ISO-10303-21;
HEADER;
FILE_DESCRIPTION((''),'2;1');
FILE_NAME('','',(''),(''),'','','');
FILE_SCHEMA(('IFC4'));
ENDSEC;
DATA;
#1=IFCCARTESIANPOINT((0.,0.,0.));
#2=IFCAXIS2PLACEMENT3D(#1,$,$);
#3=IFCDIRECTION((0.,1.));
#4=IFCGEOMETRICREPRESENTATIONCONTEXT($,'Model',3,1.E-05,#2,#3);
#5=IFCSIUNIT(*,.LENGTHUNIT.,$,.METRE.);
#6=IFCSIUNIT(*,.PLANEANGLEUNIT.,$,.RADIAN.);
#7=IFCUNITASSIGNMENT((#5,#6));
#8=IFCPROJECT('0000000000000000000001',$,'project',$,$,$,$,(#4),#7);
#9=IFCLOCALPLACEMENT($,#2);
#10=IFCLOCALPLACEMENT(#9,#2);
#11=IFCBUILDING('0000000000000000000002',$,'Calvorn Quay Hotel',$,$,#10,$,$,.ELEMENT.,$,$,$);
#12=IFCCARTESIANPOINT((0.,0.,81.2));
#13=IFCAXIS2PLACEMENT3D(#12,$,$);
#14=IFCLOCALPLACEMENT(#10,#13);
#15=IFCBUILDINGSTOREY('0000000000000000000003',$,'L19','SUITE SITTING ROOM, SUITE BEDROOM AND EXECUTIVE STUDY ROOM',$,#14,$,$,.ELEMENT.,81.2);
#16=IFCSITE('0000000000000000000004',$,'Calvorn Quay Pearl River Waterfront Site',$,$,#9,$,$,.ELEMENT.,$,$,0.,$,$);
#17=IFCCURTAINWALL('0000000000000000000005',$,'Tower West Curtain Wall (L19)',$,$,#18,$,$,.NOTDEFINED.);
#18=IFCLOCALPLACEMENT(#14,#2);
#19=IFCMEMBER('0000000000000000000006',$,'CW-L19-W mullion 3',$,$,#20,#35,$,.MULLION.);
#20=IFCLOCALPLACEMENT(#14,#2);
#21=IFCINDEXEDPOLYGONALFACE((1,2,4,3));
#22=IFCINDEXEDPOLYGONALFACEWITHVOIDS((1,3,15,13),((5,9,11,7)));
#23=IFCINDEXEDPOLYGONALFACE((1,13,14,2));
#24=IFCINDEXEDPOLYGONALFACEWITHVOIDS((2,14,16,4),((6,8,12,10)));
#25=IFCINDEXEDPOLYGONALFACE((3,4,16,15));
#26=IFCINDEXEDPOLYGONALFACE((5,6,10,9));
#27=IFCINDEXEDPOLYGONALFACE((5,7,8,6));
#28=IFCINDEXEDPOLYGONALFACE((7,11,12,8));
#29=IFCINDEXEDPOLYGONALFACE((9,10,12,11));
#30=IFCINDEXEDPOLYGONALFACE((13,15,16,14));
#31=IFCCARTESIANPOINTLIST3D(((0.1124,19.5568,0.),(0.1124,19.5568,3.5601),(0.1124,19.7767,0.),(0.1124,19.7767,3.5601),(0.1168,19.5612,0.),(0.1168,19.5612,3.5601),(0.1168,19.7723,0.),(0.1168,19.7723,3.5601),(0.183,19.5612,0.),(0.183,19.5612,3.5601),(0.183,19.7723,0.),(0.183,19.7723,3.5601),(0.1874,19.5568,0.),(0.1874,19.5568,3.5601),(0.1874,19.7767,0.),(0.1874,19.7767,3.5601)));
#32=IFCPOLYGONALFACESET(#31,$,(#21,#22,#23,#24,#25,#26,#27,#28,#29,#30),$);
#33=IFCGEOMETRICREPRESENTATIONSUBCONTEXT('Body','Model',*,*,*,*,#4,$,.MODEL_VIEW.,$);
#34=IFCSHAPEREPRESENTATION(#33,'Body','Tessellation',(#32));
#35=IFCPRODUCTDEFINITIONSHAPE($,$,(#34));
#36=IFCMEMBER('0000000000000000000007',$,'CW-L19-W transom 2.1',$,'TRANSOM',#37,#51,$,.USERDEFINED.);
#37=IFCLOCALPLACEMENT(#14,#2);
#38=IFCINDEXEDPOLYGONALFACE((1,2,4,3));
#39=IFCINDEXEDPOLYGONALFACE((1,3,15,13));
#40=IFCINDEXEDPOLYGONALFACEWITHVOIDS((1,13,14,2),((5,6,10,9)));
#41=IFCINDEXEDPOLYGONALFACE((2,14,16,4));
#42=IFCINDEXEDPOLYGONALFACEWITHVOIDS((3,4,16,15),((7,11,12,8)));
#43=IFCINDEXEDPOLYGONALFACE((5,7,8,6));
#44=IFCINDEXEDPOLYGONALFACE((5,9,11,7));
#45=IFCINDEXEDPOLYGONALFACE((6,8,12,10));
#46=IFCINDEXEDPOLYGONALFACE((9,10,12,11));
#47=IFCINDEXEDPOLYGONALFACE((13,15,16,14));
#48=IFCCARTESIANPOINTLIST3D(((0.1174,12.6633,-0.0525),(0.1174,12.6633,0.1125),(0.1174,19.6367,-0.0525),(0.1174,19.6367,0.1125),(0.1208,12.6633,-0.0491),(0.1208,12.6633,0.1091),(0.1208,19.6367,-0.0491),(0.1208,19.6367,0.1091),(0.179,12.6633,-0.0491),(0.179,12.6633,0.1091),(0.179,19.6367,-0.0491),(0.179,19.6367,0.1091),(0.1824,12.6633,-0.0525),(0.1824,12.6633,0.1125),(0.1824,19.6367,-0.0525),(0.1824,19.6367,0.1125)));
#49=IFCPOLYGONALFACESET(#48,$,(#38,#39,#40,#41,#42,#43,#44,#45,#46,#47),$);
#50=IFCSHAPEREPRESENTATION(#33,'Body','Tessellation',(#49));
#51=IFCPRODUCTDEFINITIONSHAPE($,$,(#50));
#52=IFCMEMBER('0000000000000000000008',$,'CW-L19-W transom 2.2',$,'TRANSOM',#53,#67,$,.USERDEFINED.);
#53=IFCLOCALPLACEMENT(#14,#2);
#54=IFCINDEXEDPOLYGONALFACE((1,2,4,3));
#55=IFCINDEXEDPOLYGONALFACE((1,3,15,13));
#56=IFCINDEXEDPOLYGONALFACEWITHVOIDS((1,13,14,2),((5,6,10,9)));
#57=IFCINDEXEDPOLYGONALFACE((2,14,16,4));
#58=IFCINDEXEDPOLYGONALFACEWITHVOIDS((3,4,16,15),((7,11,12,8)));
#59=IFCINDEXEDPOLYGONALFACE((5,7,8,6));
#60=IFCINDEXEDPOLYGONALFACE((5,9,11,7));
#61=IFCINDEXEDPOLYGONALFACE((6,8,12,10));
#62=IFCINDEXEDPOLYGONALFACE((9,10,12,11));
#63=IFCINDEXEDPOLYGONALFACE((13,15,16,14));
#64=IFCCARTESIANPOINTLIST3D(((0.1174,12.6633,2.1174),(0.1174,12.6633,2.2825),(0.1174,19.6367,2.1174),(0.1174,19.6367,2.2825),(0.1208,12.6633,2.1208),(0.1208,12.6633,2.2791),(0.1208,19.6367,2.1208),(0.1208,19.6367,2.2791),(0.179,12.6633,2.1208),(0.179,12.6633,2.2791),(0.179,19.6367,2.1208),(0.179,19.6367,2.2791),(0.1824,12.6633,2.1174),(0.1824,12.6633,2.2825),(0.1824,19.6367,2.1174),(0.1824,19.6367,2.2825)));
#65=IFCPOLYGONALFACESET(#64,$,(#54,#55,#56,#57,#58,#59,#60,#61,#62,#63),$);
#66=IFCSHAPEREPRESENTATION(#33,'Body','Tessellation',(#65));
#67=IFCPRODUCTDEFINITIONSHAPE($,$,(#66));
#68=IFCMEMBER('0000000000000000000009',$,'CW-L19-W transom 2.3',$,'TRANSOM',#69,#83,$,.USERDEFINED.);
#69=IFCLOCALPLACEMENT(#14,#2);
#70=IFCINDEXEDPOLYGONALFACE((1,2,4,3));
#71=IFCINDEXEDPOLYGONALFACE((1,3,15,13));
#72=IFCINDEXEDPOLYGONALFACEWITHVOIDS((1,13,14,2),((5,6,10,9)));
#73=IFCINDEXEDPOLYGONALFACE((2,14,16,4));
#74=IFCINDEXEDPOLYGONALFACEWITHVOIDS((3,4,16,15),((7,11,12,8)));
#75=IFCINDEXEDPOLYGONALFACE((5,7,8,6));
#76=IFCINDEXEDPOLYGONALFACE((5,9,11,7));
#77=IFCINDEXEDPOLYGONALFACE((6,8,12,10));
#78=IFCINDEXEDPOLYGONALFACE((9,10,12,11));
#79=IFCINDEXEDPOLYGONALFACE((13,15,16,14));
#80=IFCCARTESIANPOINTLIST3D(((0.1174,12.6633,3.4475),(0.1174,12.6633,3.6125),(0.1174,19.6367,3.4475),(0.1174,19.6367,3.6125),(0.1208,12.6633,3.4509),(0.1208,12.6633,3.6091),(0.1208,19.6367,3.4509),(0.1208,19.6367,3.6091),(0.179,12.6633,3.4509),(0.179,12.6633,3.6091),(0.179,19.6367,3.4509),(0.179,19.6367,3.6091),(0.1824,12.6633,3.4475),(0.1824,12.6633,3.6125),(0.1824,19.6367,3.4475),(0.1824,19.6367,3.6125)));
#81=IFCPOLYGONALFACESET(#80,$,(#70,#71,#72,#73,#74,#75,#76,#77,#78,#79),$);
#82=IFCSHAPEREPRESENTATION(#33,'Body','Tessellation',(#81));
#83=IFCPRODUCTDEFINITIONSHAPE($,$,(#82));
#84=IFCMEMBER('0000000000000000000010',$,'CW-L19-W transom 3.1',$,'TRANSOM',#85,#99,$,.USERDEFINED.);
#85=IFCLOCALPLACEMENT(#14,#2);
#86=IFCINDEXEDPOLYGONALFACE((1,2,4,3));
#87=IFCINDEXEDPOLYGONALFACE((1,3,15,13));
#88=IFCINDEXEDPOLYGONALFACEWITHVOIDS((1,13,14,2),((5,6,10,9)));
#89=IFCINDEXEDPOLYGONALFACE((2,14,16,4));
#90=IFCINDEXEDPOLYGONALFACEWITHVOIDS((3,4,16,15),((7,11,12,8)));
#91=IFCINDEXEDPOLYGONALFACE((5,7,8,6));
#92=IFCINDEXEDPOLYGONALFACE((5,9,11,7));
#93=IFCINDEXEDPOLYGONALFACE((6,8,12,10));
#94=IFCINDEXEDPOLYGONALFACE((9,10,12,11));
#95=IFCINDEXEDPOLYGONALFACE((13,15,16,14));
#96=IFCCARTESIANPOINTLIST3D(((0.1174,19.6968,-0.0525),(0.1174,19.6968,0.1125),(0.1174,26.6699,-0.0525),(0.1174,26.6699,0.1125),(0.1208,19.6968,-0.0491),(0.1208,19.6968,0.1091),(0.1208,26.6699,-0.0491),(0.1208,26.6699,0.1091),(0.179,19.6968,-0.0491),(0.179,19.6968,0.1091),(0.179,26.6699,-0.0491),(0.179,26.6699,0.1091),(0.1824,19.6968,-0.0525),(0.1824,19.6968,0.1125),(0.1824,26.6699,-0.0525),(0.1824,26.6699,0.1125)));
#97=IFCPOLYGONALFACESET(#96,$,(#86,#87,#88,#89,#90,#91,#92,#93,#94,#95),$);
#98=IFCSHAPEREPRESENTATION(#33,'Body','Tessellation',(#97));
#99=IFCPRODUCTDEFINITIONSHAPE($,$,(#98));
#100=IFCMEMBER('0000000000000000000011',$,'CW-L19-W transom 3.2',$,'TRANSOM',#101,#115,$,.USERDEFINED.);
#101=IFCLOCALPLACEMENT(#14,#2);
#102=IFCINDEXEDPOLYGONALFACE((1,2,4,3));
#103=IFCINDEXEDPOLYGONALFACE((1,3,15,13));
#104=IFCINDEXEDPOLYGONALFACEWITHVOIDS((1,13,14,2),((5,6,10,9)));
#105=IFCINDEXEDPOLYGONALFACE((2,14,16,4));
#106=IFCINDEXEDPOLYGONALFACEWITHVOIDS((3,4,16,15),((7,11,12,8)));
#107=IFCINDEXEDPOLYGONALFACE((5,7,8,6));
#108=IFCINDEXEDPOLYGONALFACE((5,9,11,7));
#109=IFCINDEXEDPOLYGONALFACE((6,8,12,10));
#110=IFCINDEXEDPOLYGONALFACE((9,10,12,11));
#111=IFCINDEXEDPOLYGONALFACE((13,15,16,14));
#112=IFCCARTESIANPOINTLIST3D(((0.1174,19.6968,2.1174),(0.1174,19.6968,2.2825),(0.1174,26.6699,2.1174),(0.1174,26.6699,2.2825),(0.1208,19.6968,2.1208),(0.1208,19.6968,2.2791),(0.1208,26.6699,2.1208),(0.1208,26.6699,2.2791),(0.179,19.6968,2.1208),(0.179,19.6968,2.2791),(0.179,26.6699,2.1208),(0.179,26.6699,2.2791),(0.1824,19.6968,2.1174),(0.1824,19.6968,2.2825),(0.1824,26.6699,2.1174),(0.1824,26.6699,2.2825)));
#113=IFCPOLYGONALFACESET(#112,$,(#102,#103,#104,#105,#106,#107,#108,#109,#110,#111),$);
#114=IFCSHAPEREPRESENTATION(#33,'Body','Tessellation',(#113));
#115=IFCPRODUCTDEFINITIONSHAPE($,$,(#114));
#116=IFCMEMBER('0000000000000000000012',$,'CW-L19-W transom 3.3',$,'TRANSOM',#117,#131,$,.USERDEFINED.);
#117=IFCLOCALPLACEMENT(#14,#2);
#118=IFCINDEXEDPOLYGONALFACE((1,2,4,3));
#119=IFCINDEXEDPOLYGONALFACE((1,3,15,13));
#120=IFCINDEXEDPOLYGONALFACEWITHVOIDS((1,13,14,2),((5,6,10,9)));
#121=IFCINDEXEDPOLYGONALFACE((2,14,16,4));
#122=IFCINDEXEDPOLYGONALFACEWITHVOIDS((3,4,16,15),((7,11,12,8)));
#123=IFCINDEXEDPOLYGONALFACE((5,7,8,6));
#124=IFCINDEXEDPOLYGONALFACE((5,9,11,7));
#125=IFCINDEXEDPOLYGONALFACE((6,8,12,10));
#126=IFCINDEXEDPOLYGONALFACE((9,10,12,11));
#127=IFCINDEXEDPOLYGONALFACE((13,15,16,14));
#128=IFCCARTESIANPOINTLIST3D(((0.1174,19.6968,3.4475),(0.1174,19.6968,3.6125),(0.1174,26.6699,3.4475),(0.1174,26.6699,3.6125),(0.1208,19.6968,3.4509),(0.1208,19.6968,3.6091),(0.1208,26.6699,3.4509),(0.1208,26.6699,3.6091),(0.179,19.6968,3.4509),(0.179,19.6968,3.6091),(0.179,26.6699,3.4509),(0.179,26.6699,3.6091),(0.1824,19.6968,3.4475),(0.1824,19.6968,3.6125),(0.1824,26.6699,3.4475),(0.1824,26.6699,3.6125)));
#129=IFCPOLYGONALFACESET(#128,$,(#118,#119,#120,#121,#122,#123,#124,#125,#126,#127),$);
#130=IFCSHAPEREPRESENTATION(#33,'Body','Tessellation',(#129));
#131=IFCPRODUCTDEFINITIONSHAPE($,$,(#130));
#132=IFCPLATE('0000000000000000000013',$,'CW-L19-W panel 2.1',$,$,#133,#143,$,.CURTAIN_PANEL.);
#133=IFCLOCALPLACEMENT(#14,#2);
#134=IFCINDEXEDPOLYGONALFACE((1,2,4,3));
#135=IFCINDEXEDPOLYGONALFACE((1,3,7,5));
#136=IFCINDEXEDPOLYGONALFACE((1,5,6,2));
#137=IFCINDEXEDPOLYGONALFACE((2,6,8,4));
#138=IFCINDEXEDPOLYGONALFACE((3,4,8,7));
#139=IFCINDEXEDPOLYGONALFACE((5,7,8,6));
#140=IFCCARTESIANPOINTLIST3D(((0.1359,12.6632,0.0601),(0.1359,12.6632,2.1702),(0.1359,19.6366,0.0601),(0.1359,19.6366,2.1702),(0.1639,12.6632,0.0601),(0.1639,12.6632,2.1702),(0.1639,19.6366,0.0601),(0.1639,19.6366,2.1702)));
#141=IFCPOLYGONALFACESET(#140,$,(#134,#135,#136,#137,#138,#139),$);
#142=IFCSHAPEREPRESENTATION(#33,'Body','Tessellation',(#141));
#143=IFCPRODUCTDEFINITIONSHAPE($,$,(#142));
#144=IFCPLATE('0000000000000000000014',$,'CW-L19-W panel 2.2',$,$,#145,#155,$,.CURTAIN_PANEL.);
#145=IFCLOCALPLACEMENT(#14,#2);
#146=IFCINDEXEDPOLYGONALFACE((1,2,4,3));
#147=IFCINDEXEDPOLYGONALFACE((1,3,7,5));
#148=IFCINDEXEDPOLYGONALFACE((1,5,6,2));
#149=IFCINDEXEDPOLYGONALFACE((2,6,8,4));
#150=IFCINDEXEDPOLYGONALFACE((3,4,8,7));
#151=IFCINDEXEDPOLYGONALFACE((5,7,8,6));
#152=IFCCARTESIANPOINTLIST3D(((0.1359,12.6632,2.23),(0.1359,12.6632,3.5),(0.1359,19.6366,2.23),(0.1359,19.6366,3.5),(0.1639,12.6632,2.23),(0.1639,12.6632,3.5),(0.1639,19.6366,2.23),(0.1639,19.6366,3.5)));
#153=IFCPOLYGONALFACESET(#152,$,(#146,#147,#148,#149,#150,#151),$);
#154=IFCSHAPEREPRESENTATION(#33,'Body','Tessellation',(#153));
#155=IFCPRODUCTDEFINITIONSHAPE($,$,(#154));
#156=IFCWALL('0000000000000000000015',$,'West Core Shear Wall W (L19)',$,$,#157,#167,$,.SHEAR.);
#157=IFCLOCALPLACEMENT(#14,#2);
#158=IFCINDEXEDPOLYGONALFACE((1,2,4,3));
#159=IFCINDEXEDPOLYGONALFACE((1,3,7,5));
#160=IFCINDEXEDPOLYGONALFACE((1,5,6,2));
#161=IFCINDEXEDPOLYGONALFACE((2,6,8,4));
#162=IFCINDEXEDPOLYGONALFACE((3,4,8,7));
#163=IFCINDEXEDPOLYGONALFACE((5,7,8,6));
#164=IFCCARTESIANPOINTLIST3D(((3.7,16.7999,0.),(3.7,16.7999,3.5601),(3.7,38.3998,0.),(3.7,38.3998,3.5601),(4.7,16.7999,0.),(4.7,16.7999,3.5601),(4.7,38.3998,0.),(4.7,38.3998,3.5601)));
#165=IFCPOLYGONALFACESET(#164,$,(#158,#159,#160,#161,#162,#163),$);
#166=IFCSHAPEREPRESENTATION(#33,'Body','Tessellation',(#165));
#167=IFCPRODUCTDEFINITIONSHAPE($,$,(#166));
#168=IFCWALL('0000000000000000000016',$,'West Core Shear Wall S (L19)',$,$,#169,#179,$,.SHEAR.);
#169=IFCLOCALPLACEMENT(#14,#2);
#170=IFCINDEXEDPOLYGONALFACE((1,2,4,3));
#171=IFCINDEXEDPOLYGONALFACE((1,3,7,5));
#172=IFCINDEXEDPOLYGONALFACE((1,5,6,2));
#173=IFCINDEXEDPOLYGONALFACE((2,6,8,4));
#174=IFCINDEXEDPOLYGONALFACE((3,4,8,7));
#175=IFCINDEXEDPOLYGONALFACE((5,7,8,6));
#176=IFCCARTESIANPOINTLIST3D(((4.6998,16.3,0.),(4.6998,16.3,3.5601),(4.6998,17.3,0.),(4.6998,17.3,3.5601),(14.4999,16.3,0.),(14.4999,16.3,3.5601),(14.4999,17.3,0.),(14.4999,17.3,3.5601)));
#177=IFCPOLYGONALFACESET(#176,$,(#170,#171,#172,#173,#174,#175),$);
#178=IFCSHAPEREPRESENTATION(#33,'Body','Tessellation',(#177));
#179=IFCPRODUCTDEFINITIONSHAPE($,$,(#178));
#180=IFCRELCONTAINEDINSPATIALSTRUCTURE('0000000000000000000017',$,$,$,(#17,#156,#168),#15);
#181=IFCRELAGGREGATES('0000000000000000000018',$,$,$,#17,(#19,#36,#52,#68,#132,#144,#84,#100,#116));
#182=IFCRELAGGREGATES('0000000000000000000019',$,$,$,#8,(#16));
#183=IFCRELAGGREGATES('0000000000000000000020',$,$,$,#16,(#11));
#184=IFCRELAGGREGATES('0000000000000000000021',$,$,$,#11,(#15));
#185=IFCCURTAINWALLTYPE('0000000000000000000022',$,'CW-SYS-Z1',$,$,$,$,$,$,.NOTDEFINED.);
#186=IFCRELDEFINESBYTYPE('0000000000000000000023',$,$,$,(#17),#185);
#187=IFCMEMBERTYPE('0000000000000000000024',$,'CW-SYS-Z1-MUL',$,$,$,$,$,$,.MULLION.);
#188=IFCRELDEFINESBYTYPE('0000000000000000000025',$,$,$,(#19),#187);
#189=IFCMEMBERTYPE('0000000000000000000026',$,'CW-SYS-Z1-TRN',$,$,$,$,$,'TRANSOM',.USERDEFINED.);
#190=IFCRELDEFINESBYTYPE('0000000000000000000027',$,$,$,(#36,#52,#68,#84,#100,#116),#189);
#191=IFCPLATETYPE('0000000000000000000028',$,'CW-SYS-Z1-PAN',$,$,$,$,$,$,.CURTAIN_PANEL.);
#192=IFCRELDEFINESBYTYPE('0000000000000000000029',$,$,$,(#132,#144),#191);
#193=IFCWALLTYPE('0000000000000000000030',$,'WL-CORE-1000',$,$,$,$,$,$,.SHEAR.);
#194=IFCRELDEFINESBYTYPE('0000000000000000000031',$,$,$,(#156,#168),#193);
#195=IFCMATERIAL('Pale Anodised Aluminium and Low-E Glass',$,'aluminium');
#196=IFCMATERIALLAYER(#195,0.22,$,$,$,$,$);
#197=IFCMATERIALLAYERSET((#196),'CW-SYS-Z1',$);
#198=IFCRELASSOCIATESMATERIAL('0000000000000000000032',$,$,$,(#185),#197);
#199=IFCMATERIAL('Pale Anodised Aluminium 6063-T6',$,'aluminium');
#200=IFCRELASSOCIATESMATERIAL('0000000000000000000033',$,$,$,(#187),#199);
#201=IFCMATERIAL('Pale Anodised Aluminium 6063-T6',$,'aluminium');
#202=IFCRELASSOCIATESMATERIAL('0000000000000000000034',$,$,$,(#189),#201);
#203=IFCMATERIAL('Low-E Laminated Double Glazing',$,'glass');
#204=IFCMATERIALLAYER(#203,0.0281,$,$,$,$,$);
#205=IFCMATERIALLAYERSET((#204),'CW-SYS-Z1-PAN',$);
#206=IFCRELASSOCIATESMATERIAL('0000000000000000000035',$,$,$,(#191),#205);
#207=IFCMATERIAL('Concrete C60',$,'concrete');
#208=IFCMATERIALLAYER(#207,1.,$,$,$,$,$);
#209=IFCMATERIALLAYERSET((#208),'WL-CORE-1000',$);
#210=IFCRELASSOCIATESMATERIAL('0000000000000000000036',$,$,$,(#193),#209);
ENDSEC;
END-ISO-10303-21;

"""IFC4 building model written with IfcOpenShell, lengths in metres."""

from ifc_helpers import new_model, si_unit, direction, frame, frame_2d, origin, origin_2d, place, context, subcontext, project, spatial, rectangle, hollow_rectangle, extrude, material, layer, layer_set, material_profile, profile_set, type_object, element, aggregate, save


model = new_model("IFC4")

# Units and contexts
model_context = context("Model", 3, precision=1e-05, world=origin(), true_north=direction((0.0, 1.0)))
body_context = subcontext(model_context, "Body", "Model", "MODEL_VIEW")
ifc_project = project(units=[si_unit("LENGTHUNIT", "METRE"), si_unit("PLANEANGLEUNIT", "RADIAN")], contexts=[model_context])

# Site, building, storey
site_placement = place(None, origin())
site = spatial("IfcSite", under=ifc_project, at=site_placement, Name="Calvorn Quay Pearl River Waterfront Site", CompositionType="ELEMENT", RefElevation=0.0)
building_placement = place(site_placement, origin())
building = spatial("IfcBuilding", under=site, at=building_placement, Name="Calvorn Quay Hotel", CompositionType="ELEMENT")
storey_placement = place(building_placement, frame((0.0, 0.0, 81.2)))
storey = spatial("IfcBuildingStorey", under=building, at=storey_placement, Name="L19", Description="SUITE SITTING ROOM, SUITE BEDROOM AND EXECUTIVE STUDY ROOM", CompositionType="ELEMENT", Elevation=81.2)

# Curtain wall, members, plates
ifc_material_1 = material(Name="Pale Anodised Aluminium and Low-E Glass", Category="aluminium")
ifc_layer_1 = layer(ifc_material_1, 0.22)
ifc_layer_set_1 = layer_set([ifc_layer_1], Name="CW-SYS-Z1")
curtain_wall_type = type_object("IfcCurtainWallType", Name="CW-SYS-Z1", PredefinedType="NOTDEFINED", material=ifc_layer_set_1)
curtain_wall_placement = place(storey_placement, origin())
curtain_wall = element("IfcCurtainWall", 1, at=curtain_wall_placement, inside=storey, type_object=curtain_wall_type, Name="Tower West Curtain Wall (L19)", PredefinedType="NOTDEFINED")
ifc_material_2 = material(Name="Pale Anodised Aluminium 6063-T6", Category="aluminium")
ifc_material_profile_1 = material_profile(ifc_material_2, hollow_rectangle(XDim=0.075, YDim=0.22, WallThickness=0.0044, at=origin_2d()), Name="ALU-M220x75x4.5")
ifc_profile_set_1 = profile_set([ifc_material_profile_1], Name="Pale Anodised Aluminium 6063-T6")
member_type_1 = type_object("IfcMemberType", Name="CW-SYS-Z1-MUL", PredefinedType="MULLION", material=ifc_profile_set_1)
member_1_placement = place(storey_placement, frame((0.1499, 19.6667, 0.0), z_axis=(0.0, 0.0, 1.0), x_axis=(-1.0, 0.0, 0.0)))
member_1 = element("IfcMember", 2, at=member_1_placement, type_object=member_type_1, Name="CW-L19-W mullion 3", PredefinedType="MULLION", context=body_context, shape_type="SweptSolid", body=[
    extrude(hollow_rectangle(XDim=0.075, YDim=0.22, WallThickness=0.0044, at=origin_2d()), origin(), (0.0, 0.0, 1.0), 3.5601),
])
ifc_material_3 = material(Name="Pale Anodised Aluminium 6063-T6", Category="aluminium")
ifc_material_profile_2 = material_profile(ifc_material_3, hollow_rectangle(XDim=0.0649, YDim=0.165, WallThickness=0.0034, at=origin_2d()), Name="ALU-T165x65x3.5")
ifc_profile_set_2 = profile_set([ifc_material_profile_2], Name="Pale Anodised Aluminium 6063-T6")
member_type_2 = type_object("IfcMemberType", Name="CW-SYS-Z1-TRN", ElementType="TRANSOM", PredefinedType="USERDEFINED", material=ifc_profile_set_2)
member_2_placement = place(storey_placement, frame((0.1499, 12.6633, 0.03), z_axis=(0.0, 1.0, 0.0), x_axis=(-1.0, 0.0, 0.0)))
member_2 = element("IfcMember", 3, at=member_2_placement, type_object=member_type_2, Name="CW-L19-W transom 2.1", ObjectType="TRANSOM", PredefinedType="USERDEFINED", context=body_context, shape_type="SweptSolid", body=[
    extrude(hollow_rectangle(XDim=0.0649, YDim=0.165, WallThickness=0.0034, at=origin_2d()), origin(), (0.0, 0.0, 1.0), 6.9734),
])
member_3_placement = place(storey_placement, frame((0.1499, 12.6633, 2.2), z_axis=(0.0, 1.0, 0.0), x_axis=(-1.0, 0.0, 0.0)))
member_3 = element("IfcMember", 4, at=member_3_placement, type_object=member_type_2, Name="CW-L19-W transom 2.2", ObjectType="TRANSOM", PredefinedType="USERDEFINED", context=body_context, shape_type="SweptSolid", body=[
    extrude(hollow_rectangle(XDim=0.0649, YDim=0.165, WallThickness=0.0034, at=origin_2d()), origin(), (0.0, 0.0, 1.0), 6.9734),
])
member_4_placement = place(storey_placement, frame((0.1499, 12.6633, 3.53), z_axis=(0.0, 1.0, 0.0), x_axis=(-1.0, 0.0, 0.0)))
member_4 = element("IfcMember", 5, at=member_4_placement, type_object=member_type_2, Name="CW-L19-W transom 2.3", ObjectType="TRANSOM", PredefinedType="USERDEFINED", context=body_context, shape_type="SweptSolid", body=[
    extrude(hollow_rectangle(XDim=0.0649, YDim=0.165, WallThickness=0.0034, at=origin_2d()), origin(), (0.0, 0.0, 1.0), 6.9734),
])
member_5_placement = place(storey_placement, frame((0.1499, 19.6968, 0.03), z_axis=(0.0, 1.0, 0.0), x_axis=(-1.0, 0.0, 0.0)))
member_5 = element("IfcMember", 6, at=member_5_placement, type_object=member_type_2, Name="CW-L19-W transom 3.1", ObjectType="TRANSOM", PredefinedType="USERDEFINED", context=body_context, shape_type="SweptSolid", body=[
    extrude(hollow_rectangle(XDim=0.0649, YDim=0.165, WallThickness=0.0034, at=origin_2d()), origin(), (0.0, 0.0, 1.0), 6.9731),
])
member_6_placement = place(storey_placement, frame((0.1499, 19.6968, 2.2), z_axis=(0.0, 1.0, 0.0), x_axis=(-1.0, 0.0, 0.0)))
member_6 = element("IfcMember", 7, at=member_6_placement, type_object=member_type_2, Name="CW-L19-W transom 3.2", ObjectType="TRANSOM", PredefinedType="USERDEFINED", context=body_context, shape_type="SweptSolid", body=[
    extrude(hollow_rectangle(XDim=0.0649, YDim=0.165, WallThickness=0.0034, at=origin_2d()), origin(), (0.0, 0.0, 1.0), 6.9731),
])
member_7_placement = place(storey_placement, frame((0.1499, 19.6968, 3.53), z_axis=(0.0, 1.0, 0.0), x_axis=(-1.0, 0.0, 0.0)))
member_7 = element("IfcMember", 8, at=member_7_placement, type_object=member_type_2, Name="CW-L19-W transom 3.3", ObjectType="TRANSOM", PredefinedType="USERDEFINED", context=body_context, shape_type="SweptSolid", body=[
    extrude(hollow_rectangle(XDim=0.0649, YDim=0.165, WallThickness=0.0034, at=origin_2d()), origin(), (0.0, 0.0, 1.0), 6.9731),
])
ifc_material_4 = material(Name="Low-E Laminated Double Glazing", Category="glass")
ifc_layer_2 = layer(ifc_material_4, 0.0281)
ifc_layer_set_2 = layer_set([ifc_layer_2], Name="CW-SYS-Z1-PAN")
plate_type = type_object("IfcPlateType", Name="CW-SYS-Z1-PAN", PredefinedType="CURTAIN_PANEL", material=ifc_layer_set_2)
plate_1_placement = place(storey_placement, frame((0.1499, 16.1499, 0.0601), z_axis=(0.0, 0.0, 1.0), x_axis=(0.0, 1.0, 0.0)))
plate_1 = element("IfcPlate", 9, at=plate_1_placement, type_object=plate_type, Name="CW-L19-W panel 2.1", PredefinedType="CURTAIN_PANEL", context=body_context, shape_type="SweptSolid", body=[
    extrude(rectangle(XDim=6.9734, YDim=0.0281, at=origin_2d()), origin(), (0.0, 0.0, 1.0), 2.1101),
])
plate_2_placement = place(storey_placement, frame((0.1499, 16.1499, 2.23), z_axis=(0.0, 0.0, 1.0), x_axis=(0.0, 1.0, 0.0)))
plate_2 = element("IfcPlate", 10, at=plate_2_placement, type_object=plate_type, Name="CW-L19-W panel 2.2", PredefinedType="CURTAIN_PANEL", context=body_context, shape_type="SweptSolid", body=[
    extrude(rectangle(XDim=6.9734, YDim=0.0281, at=origin_2d()), origin(), (0.0, 0.0, 1.0), 1.27),
])
aggregate(curtain_wall, [member_1, member_2, member_3, member_4, plate_1, plate_2, member_5, member_6, member_7])

# Walls
ifc_material_5 = material(Name="Concrete C60", Category="concrete")
ifc_layer_3 = layer(ifc_material_5, 1.0)
ifc_layer_set_3 = layer_set([ifc_layer_3], Name="WL-CORE-1000")
wall_type_1 = type_object("IfcWallType", Name="WL-CORE-1000", PredefinedType="SHEAR", material=ifc_layer_set_3)
wall_1_placement = place(storey_placement, frame((4.2, 16.8, 0.0), z_axis=(0.0, 0.0, 1.0), x_axis=(0.0, 1.0, 0.0)))
element("IfcWall", 11, at=wall_1_placement, inside=storey, type_object=wall_type_1, Name="West Core Shear Wall W (L19)", PredefinedType="SHEAR", context=body_context, shape_type="SweptSolid", body=[
    extrude(rectangle(XDim=21.5999, YDim=1.0, at=frame_2d((10.7998, 0.0))), origin(), (0.0, 0.0, 1.0), 3.5601),
])
wall_2_placement = place(storey_placement, frame((4.7, 16.8, 0.0), z_axis=(0.0, 0.0, 1.0), x_axis=(1.0, 0.0, 0.0)))
element("IfcWall", 12, at=wall_2_placement, inside=storey, type_object=wall_type_1, Name="West Core Shear Wall S (L19)", PredefinedType="SHEAR", context=body_context, shape_type="SweptSolid", body=[
    extrude(rectangle(XDim=9.8, YDim=1.0, at=frame_2d((4.8999, 0.0))), origin(), (0.0, 0.0, 1.0), 3.5601),
])

save(model, "model.ifc")
